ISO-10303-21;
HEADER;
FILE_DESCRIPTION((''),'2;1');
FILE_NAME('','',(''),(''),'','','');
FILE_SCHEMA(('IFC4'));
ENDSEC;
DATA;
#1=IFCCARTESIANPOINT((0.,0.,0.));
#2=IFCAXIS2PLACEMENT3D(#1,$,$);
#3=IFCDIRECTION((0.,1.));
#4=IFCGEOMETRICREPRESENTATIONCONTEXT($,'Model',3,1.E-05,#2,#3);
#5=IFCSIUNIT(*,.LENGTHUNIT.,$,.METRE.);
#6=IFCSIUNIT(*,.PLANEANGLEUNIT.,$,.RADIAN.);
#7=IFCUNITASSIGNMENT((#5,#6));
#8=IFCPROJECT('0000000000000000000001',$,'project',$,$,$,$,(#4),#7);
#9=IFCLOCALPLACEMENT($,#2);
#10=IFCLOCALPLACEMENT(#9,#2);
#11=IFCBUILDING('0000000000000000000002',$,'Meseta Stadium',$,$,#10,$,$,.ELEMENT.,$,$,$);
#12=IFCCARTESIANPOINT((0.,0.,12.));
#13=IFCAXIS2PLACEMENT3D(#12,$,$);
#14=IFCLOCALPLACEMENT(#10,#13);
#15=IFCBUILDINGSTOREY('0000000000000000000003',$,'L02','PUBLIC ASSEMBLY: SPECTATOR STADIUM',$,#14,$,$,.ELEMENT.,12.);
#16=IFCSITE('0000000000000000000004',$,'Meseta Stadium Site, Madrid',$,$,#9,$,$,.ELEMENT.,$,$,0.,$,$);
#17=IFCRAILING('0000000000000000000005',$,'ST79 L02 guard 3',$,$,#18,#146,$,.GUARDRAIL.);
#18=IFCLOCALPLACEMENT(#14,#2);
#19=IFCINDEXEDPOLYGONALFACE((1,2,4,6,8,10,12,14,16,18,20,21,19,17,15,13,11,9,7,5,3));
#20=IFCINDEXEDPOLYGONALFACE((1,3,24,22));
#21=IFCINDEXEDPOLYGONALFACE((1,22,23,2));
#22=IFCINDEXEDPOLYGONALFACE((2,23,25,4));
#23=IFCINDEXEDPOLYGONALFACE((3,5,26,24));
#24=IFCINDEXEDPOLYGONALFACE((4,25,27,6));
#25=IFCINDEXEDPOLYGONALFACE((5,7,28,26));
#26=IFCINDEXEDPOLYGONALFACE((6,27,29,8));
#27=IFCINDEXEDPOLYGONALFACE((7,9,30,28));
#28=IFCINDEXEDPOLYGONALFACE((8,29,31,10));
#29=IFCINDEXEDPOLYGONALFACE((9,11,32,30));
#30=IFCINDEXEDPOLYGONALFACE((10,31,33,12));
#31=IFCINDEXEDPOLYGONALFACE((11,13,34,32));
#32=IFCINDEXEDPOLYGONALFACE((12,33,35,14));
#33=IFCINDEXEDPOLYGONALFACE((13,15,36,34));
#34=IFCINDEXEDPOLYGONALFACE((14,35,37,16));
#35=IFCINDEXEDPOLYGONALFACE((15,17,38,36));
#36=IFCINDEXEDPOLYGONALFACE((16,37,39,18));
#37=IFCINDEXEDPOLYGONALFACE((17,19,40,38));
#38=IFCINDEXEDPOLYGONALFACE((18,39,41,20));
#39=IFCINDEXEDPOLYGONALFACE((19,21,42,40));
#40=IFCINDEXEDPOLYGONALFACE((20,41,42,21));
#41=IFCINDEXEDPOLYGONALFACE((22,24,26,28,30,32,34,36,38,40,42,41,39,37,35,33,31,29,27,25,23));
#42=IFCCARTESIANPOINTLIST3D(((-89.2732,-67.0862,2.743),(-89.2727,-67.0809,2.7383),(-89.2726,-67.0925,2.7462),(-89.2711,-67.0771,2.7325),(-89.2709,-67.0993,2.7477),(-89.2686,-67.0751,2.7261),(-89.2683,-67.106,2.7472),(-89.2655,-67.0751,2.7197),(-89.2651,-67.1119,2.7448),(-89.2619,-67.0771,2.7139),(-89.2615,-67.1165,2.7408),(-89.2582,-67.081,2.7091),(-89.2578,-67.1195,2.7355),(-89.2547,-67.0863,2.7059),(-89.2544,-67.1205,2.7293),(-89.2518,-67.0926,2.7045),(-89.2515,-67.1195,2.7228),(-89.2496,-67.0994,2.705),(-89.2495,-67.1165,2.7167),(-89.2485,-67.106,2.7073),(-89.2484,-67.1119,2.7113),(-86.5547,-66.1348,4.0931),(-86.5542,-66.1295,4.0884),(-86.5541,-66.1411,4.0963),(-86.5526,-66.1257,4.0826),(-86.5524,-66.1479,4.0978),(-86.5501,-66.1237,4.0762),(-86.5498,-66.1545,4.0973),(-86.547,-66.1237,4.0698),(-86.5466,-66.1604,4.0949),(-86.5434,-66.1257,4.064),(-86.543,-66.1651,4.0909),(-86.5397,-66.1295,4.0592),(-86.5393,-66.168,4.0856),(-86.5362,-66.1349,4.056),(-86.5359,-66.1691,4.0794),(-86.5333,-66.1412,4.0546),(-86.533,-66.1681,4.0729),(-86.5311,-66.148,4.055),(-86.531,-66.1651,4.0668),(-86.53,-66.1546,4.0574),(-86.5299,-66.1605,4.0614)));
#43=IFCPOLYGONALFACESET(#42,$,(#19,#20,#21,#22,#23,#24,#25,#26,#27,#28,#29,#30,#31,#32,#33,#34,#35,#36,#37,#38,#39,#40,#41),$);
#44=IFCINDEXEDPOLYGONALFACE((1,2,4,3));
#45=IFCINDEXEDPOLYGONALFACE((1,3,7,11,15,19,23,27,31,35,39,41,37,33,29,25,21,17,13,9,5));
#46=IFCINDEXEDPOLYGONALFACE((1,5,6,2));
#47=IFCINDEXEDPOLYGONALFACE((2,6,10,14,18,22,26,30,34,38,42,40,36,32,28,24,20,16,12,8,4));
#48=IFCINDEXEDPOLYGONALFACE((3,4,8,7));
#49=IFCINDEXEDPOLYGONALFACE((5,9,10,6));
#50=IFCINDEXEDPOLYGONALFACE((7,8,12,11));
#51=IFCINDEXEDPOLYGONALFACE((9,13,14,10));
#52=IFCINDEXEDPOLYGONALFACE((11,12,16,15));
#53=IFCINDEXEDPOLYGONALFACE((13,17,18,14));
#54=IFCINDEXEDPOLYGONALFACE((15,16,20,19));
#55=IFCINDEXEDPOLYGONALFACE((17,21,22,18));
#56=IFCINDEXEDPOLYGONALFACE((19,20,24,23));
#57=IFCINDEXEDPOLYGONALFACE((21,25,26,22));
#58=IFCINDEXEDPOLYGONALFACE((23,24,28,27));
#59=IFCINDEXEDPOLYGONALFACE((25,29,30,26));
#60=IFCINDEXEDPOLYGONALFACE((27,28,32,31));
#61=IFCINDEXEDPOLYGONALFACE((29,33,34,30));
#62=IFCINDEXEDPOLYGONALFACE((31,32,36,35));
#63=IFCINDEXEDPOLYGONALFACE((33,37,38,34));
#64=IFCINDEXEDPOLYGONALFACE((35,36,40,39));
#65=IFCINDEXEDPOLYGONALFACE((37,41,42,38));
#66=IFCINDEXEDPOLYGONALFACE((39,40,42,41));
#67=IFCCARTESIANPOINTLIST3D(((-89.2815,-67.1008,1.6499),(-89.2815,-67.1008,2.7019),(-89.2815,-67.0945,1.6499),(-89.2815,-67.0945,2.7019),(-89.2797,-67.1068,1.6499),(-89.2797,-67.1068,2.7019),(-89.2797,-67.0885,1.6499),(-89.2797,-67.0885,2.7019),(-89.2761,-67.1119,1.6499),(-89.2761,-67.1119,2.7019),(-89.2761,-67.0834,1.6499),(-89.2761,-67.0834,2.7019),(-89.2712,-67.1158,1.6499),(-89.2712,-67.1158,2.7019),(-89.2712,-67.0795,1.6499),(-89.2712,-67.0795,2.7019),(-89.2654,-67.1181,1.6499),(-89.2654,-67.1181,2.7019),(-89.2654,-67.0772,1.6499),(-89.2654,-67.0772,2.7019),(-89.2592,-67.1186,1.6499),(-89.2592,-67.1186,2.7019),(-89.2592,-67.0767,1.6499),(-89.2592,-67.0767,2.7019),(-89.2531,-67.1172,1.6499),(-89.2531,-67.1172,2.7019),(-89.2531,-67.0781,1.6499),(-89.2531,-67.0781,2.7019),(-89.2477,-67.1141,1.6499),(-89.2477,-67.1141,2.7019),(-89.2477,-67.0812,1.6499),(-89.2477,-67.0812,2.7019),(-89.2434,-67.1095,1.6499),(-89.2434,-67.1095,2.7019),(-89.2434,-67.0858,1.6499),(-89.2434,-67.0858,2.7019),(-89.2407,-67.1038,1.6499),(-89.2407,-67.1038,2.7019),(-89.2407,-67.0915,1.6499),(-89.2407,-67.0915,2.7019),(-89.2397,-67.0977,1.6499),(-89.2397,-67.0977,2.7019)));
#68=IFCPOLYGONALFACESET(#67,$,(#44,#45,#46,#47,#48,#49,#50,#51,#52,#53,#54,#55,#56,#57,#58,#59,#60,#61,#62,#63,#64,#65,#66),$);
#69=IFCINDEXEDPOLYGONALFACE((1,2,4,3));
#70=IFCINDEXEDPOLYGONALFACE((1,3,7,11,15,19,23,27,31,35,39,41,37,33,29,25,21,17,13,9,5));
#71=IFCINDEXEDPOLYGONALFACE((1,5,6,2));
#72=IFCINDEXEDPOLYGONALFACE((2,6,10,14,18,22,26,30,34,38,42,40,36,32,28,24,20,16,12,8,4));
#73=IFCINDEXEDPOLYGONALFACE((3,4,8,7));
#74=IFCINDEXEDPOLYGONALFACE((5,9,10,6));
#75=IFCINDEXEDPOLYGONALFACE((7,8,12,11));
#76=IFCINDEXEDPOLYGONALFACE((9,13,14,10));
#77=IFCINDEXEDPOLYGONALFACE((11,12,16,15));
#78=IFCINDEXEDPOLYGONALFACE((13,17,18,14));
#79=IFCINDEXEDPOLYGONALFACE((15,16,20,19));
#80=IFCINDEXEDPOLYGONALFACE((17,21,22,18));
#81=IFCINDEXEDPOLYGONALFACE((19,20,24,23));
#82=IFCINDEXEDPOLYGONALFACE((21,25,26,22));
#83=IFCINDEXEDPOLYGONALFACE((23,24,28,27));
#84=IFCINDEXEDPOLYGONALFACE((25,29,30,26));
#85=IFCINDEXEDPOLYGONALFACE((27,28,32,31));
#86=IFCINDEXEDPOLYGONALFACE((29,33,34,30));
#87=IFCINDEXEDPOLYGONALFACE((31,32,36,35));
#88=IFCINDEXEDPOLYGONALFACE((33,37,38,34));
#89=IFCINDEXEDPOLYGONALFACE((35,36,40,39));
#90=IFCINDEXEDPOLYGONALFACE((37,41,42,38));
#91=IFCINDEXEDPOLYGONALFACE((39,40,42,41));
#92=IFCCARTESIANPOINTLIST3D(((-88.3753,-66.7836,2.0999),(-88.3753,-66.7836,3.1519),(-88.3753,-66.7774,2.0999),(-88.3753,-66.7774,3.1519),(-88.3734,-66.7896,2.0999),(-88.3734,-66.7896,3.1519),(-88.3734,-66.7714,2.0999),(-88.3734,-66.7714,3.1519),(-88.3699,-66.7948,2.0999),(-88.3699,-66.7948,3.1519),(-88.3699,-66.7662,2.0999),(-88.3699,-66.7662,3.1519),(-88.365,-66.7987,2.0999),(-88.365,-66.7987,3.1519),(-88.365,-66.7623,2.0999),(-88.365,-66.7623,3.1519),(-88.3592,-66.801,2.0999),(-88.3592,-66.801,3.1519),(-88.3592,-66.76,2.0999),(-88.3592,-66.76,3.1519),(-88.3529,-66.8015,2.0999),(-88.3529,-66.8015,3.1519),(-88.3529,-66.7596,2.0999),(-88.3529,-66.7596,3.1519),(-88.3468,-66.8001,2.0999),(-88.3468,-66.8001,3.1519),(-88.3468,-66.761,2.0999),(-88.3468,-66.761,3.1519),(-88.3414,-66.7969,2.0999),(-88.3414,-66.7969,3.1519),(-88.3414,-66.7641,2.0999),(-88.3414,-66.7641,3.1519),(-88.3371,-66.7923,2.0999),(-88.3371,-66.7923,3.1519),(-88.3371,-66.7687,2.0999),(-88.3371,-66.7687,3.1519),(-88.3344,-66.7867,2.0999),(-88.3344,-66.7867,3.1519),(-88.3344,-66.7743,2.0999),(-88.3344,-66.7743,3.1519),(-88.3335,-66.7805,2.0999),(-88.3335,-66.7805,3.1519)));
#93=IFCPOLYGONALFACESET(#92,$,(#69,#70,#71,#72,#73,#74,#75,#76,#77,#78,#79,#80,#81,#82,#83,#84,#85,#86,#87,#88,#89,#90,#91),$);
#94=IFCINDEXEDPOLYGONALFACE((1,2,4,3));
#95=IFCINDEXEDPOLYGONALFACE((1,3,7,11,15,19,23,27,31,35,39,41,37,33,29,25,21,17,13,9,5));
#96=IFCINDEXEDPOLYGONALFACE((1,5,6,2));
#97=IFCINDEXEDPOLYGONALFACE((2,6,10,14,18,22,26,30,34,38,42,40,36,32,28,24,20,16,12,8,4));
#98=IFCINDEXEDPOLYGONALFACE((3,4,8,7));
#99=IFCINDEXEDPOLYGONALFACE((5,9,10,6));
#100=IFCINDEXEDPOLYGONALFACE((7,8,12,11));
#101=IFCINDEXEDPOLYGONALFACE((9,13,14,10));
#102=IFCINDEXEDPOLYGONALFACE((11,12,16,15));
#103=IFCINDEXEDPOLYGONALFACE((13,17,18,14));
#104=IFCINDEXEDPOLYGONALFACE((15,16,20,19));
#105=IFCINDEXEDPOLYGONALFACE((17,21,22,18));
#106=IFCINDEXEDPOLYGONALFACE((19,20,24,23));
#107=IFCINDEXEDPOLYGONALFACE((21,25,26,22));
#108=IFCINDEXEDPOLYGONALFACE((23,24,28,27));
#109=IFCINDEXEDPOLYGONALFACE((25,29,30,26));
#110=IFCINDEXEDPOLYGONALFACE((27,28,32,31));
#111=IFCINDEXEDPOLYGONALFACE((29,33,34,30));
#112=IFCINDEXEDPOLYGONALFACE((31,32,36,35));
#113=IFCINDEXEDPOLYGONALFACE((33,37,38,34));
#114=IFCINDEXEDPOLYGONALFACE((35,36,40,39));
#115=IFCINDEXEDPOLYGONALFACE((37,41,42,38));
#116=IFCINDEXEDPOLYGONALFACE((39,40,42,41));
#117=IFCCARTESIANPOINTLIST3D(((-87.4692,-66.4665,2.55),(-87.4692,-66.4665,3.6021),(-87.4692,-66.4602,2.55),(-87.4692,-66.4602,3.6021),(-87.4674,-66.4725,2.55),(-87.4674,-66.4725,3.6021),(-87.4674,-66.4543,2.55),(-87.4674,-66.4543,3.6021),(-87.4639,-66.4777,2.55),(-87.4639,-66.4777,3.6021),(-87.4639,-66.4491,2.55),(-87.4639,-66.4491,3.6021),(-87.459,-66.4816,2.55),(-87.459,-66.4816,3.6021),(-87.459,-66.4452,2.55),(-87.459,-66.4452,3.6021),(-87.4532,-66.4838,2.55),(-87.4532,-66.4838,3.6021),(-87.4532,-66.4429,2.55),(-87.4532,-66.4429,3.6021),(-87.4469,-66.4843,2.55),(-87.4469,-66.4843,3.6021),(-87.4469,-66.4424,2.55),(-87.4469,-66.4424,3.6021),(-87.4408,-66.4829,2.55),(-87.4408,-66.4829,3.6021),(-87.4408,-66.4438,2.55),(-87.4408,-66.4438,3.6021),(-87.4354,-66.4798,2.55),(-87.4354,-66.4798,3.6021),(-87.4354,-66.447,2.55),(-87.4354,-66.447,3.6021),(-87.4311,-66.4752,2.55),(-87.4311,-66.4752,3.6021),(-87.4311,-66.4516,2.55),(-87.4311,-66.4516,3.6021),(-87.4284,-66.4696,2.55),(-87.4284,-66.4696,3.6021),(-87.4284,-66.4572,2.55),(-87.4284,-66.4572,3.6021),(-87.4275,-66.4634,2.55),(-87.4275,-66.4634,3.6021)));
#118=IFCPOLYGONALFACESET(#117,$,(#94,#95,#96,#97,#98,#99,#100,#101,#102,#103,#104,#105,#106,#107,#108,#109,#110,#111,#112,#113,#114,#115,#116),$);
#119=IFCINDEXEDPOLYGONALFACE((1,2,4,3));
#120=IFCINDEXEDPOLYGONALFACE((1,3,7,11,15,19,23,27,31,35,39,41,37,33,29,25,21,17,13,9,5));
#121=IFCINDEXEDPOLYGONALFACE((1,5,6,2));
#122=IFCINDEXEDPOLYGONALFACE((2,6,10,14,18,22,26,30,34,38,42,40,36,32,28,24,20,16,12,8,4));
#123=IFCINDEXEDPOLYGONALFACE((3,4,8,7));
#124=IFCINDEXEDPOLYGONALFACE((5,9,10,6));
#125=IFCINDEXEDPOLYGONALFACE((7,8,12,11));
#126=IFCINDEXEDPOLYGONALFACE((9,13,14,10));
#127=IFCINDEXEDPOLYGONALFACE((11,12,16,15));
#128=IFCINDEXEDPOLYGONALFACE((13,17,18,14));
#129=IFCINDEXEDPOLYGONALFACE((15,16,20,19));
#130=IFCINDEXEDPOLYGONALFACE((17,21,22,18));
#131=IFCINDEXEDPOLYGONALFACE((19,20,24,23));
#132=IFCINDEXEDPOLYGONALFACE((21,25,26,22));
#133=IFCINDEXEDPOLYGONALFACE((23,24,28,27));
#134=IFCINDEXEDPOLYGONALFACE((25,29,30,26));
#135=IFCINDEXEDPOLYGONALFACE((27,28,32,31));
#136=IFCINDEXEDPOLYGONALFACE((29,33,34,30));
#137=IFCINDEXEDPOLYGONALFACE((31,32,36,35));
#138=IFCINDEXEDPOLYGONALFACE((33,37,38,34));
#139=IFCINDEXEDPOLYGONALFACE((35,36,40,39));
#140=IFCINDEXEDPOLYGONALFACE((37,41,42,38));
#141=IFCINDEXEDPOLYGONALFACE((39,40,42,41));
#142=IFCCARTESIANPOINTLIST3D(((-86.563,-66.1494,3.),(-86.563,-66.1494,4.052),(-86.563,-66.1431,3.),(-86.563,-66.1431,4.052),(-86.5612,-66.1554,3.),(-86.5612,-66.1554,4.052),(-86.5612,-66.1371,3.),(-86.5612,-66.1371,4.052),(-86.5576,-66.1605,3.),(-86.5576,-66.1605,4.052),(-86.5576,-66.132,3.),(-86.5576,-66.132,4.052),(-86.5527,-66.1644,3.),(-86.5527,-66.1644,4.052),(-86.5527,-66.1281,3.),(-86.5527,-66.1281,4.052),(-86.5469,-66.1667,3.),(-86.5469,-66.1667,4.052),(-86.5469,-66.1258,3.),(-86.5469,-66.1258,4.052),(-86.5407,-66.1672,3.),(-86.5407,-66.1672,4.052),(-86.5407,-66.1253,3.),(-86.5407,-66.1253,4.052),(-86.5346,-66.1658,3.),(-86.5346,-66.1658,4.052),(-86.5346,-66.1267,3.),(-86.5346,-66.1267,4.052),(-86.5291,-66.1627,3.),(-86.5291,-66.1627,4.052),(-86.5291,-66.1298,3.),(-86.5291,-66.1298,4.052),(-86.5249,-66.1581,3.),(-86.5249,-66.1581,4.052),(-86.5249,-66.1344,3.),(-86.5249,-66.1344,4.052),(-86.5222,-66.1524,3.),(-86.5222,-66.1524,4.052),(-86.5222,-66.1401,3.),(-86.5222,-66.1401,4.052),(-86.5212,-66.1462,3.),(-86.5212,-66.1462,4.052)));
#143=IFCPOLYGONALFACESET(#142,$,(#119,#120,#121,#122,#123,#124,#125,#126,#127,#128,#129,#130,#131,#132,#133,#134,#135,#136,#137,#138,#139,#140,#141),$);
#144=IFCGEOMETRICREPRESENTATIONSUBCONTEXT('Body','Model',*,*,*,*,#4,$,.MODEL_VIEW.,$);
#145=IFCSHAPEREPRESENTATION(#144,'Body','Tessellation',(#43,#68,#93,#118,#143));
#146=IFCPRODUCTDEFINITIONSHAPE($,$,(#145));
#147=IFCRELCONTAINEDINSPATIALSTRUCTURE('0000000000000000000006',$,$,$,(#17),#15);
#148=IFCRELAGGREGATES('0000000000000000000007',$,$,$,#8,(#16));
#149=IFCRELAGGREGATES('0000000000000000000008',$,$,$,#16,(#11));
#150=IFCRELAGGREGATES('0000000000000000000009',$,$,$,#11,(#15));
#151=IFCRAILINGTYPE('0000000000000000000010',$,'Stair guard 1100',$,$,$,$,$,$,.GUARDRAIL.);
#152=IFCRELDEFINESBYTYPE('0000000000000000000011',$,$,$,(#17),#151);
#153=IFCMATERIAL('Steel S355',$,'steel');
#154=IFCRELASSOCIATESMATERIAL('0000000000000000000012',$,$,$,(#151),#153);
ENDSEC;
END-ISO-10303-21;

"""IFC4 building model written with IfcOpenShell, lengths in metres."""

from ifc_helpers import new_model, si_unit, direction, frame, origin, origin_2d, place, context, subcontext, project, spatial, circle, extrude, material, type_object, element, save


model = new_model("IFC4")

# Units and contexts
model_context = context("Model", 3, precision=1e-05, world=origin(), true_north=direction((0.0, 1.0)))
body_context = subcontext(model_context, "Body", "Model", "MODEL_VIEW")
ifc_project = project(units=[si_unit("LENGTHUNIT", "METRE"), si_unit("PLANEANGLEUNIT", "RADIAN")], contexts=[model_context])

# Site, building, storey
site_placement = place(None, origin())
site = spatial("IfcSite", under=ifc_project, at=site_placement, Name="Meseta Stadium Site, Madrid", CompositionType="ELEMENT", RefElevation=0.0)
building_placement = place(site_placement, origin())
building = spatial("IfcBuilding", under=site, at=building_placement, Name="Meseta Stadium", CompositionType="ELEMENT")
storey_placement = place(building_placement, frame((0.0, 0.0, 12.0)))
storey = spatial("IfcBuildingStorey", under=building, at=storey_placement, Name="L02", Description="PUBLIC ASSEMBLY: SPECTATOR STADIUM", CompositionType="ELEMENT", Elevation=12.0)

# Railing
ifc_material_1 = material(Name="Steel S355", Category="steel")
railing_type_1 = type_object("IfcRailingType", Name="Stair guard 1100", PredefinedType="GUARDRAIL", material=ifc_material_1)
railing_1_placement = place(storey_placement, frame((-89.2607, -67.0977, 1.6499)))
element("IfcRailing", 1, at=railing_1_placement, inside=storey, type_object=railing_type_1, Name="ST79 L02 guard 3", PredefinedType="GUARDRAIL", context=body_context, shape_type="SweptSolid", body=[
    extrude(circle(Radius=0.0239, at=origin_2d()), frame((0.0, 0.0, 1.0762), z_axis=(0.85463, 0.299101, 0.424437), x_axis=(-0.330332, 0.943865, 0.0)), (0.0, 0.0, 1.0), 3.1809),
    extrude(circle(Radius=0.021, at=origin_2d()), origin(), (0.0, 0.0, 1.0), 1.052),
    extrude(circle(Radius=0.021, at=origin_2d()), frame((0.9062, 0.3171, 0.45)), (0.0, 0.0, 1.0), 1.052),
    extrude(circle(Radius=0.021, at=origin_2d()), frame((1.8123, 0.6343, 0.9001)), (0.0, 0.0, 1.0), 1.052),
    extrude(circle(Radius=0.021, at=origin_2d()), frame((2.7185, 0.9514, 1.3501)), (0.0, 0.0, 1.0), 1.052),
])

save(model, "model.ifc")
